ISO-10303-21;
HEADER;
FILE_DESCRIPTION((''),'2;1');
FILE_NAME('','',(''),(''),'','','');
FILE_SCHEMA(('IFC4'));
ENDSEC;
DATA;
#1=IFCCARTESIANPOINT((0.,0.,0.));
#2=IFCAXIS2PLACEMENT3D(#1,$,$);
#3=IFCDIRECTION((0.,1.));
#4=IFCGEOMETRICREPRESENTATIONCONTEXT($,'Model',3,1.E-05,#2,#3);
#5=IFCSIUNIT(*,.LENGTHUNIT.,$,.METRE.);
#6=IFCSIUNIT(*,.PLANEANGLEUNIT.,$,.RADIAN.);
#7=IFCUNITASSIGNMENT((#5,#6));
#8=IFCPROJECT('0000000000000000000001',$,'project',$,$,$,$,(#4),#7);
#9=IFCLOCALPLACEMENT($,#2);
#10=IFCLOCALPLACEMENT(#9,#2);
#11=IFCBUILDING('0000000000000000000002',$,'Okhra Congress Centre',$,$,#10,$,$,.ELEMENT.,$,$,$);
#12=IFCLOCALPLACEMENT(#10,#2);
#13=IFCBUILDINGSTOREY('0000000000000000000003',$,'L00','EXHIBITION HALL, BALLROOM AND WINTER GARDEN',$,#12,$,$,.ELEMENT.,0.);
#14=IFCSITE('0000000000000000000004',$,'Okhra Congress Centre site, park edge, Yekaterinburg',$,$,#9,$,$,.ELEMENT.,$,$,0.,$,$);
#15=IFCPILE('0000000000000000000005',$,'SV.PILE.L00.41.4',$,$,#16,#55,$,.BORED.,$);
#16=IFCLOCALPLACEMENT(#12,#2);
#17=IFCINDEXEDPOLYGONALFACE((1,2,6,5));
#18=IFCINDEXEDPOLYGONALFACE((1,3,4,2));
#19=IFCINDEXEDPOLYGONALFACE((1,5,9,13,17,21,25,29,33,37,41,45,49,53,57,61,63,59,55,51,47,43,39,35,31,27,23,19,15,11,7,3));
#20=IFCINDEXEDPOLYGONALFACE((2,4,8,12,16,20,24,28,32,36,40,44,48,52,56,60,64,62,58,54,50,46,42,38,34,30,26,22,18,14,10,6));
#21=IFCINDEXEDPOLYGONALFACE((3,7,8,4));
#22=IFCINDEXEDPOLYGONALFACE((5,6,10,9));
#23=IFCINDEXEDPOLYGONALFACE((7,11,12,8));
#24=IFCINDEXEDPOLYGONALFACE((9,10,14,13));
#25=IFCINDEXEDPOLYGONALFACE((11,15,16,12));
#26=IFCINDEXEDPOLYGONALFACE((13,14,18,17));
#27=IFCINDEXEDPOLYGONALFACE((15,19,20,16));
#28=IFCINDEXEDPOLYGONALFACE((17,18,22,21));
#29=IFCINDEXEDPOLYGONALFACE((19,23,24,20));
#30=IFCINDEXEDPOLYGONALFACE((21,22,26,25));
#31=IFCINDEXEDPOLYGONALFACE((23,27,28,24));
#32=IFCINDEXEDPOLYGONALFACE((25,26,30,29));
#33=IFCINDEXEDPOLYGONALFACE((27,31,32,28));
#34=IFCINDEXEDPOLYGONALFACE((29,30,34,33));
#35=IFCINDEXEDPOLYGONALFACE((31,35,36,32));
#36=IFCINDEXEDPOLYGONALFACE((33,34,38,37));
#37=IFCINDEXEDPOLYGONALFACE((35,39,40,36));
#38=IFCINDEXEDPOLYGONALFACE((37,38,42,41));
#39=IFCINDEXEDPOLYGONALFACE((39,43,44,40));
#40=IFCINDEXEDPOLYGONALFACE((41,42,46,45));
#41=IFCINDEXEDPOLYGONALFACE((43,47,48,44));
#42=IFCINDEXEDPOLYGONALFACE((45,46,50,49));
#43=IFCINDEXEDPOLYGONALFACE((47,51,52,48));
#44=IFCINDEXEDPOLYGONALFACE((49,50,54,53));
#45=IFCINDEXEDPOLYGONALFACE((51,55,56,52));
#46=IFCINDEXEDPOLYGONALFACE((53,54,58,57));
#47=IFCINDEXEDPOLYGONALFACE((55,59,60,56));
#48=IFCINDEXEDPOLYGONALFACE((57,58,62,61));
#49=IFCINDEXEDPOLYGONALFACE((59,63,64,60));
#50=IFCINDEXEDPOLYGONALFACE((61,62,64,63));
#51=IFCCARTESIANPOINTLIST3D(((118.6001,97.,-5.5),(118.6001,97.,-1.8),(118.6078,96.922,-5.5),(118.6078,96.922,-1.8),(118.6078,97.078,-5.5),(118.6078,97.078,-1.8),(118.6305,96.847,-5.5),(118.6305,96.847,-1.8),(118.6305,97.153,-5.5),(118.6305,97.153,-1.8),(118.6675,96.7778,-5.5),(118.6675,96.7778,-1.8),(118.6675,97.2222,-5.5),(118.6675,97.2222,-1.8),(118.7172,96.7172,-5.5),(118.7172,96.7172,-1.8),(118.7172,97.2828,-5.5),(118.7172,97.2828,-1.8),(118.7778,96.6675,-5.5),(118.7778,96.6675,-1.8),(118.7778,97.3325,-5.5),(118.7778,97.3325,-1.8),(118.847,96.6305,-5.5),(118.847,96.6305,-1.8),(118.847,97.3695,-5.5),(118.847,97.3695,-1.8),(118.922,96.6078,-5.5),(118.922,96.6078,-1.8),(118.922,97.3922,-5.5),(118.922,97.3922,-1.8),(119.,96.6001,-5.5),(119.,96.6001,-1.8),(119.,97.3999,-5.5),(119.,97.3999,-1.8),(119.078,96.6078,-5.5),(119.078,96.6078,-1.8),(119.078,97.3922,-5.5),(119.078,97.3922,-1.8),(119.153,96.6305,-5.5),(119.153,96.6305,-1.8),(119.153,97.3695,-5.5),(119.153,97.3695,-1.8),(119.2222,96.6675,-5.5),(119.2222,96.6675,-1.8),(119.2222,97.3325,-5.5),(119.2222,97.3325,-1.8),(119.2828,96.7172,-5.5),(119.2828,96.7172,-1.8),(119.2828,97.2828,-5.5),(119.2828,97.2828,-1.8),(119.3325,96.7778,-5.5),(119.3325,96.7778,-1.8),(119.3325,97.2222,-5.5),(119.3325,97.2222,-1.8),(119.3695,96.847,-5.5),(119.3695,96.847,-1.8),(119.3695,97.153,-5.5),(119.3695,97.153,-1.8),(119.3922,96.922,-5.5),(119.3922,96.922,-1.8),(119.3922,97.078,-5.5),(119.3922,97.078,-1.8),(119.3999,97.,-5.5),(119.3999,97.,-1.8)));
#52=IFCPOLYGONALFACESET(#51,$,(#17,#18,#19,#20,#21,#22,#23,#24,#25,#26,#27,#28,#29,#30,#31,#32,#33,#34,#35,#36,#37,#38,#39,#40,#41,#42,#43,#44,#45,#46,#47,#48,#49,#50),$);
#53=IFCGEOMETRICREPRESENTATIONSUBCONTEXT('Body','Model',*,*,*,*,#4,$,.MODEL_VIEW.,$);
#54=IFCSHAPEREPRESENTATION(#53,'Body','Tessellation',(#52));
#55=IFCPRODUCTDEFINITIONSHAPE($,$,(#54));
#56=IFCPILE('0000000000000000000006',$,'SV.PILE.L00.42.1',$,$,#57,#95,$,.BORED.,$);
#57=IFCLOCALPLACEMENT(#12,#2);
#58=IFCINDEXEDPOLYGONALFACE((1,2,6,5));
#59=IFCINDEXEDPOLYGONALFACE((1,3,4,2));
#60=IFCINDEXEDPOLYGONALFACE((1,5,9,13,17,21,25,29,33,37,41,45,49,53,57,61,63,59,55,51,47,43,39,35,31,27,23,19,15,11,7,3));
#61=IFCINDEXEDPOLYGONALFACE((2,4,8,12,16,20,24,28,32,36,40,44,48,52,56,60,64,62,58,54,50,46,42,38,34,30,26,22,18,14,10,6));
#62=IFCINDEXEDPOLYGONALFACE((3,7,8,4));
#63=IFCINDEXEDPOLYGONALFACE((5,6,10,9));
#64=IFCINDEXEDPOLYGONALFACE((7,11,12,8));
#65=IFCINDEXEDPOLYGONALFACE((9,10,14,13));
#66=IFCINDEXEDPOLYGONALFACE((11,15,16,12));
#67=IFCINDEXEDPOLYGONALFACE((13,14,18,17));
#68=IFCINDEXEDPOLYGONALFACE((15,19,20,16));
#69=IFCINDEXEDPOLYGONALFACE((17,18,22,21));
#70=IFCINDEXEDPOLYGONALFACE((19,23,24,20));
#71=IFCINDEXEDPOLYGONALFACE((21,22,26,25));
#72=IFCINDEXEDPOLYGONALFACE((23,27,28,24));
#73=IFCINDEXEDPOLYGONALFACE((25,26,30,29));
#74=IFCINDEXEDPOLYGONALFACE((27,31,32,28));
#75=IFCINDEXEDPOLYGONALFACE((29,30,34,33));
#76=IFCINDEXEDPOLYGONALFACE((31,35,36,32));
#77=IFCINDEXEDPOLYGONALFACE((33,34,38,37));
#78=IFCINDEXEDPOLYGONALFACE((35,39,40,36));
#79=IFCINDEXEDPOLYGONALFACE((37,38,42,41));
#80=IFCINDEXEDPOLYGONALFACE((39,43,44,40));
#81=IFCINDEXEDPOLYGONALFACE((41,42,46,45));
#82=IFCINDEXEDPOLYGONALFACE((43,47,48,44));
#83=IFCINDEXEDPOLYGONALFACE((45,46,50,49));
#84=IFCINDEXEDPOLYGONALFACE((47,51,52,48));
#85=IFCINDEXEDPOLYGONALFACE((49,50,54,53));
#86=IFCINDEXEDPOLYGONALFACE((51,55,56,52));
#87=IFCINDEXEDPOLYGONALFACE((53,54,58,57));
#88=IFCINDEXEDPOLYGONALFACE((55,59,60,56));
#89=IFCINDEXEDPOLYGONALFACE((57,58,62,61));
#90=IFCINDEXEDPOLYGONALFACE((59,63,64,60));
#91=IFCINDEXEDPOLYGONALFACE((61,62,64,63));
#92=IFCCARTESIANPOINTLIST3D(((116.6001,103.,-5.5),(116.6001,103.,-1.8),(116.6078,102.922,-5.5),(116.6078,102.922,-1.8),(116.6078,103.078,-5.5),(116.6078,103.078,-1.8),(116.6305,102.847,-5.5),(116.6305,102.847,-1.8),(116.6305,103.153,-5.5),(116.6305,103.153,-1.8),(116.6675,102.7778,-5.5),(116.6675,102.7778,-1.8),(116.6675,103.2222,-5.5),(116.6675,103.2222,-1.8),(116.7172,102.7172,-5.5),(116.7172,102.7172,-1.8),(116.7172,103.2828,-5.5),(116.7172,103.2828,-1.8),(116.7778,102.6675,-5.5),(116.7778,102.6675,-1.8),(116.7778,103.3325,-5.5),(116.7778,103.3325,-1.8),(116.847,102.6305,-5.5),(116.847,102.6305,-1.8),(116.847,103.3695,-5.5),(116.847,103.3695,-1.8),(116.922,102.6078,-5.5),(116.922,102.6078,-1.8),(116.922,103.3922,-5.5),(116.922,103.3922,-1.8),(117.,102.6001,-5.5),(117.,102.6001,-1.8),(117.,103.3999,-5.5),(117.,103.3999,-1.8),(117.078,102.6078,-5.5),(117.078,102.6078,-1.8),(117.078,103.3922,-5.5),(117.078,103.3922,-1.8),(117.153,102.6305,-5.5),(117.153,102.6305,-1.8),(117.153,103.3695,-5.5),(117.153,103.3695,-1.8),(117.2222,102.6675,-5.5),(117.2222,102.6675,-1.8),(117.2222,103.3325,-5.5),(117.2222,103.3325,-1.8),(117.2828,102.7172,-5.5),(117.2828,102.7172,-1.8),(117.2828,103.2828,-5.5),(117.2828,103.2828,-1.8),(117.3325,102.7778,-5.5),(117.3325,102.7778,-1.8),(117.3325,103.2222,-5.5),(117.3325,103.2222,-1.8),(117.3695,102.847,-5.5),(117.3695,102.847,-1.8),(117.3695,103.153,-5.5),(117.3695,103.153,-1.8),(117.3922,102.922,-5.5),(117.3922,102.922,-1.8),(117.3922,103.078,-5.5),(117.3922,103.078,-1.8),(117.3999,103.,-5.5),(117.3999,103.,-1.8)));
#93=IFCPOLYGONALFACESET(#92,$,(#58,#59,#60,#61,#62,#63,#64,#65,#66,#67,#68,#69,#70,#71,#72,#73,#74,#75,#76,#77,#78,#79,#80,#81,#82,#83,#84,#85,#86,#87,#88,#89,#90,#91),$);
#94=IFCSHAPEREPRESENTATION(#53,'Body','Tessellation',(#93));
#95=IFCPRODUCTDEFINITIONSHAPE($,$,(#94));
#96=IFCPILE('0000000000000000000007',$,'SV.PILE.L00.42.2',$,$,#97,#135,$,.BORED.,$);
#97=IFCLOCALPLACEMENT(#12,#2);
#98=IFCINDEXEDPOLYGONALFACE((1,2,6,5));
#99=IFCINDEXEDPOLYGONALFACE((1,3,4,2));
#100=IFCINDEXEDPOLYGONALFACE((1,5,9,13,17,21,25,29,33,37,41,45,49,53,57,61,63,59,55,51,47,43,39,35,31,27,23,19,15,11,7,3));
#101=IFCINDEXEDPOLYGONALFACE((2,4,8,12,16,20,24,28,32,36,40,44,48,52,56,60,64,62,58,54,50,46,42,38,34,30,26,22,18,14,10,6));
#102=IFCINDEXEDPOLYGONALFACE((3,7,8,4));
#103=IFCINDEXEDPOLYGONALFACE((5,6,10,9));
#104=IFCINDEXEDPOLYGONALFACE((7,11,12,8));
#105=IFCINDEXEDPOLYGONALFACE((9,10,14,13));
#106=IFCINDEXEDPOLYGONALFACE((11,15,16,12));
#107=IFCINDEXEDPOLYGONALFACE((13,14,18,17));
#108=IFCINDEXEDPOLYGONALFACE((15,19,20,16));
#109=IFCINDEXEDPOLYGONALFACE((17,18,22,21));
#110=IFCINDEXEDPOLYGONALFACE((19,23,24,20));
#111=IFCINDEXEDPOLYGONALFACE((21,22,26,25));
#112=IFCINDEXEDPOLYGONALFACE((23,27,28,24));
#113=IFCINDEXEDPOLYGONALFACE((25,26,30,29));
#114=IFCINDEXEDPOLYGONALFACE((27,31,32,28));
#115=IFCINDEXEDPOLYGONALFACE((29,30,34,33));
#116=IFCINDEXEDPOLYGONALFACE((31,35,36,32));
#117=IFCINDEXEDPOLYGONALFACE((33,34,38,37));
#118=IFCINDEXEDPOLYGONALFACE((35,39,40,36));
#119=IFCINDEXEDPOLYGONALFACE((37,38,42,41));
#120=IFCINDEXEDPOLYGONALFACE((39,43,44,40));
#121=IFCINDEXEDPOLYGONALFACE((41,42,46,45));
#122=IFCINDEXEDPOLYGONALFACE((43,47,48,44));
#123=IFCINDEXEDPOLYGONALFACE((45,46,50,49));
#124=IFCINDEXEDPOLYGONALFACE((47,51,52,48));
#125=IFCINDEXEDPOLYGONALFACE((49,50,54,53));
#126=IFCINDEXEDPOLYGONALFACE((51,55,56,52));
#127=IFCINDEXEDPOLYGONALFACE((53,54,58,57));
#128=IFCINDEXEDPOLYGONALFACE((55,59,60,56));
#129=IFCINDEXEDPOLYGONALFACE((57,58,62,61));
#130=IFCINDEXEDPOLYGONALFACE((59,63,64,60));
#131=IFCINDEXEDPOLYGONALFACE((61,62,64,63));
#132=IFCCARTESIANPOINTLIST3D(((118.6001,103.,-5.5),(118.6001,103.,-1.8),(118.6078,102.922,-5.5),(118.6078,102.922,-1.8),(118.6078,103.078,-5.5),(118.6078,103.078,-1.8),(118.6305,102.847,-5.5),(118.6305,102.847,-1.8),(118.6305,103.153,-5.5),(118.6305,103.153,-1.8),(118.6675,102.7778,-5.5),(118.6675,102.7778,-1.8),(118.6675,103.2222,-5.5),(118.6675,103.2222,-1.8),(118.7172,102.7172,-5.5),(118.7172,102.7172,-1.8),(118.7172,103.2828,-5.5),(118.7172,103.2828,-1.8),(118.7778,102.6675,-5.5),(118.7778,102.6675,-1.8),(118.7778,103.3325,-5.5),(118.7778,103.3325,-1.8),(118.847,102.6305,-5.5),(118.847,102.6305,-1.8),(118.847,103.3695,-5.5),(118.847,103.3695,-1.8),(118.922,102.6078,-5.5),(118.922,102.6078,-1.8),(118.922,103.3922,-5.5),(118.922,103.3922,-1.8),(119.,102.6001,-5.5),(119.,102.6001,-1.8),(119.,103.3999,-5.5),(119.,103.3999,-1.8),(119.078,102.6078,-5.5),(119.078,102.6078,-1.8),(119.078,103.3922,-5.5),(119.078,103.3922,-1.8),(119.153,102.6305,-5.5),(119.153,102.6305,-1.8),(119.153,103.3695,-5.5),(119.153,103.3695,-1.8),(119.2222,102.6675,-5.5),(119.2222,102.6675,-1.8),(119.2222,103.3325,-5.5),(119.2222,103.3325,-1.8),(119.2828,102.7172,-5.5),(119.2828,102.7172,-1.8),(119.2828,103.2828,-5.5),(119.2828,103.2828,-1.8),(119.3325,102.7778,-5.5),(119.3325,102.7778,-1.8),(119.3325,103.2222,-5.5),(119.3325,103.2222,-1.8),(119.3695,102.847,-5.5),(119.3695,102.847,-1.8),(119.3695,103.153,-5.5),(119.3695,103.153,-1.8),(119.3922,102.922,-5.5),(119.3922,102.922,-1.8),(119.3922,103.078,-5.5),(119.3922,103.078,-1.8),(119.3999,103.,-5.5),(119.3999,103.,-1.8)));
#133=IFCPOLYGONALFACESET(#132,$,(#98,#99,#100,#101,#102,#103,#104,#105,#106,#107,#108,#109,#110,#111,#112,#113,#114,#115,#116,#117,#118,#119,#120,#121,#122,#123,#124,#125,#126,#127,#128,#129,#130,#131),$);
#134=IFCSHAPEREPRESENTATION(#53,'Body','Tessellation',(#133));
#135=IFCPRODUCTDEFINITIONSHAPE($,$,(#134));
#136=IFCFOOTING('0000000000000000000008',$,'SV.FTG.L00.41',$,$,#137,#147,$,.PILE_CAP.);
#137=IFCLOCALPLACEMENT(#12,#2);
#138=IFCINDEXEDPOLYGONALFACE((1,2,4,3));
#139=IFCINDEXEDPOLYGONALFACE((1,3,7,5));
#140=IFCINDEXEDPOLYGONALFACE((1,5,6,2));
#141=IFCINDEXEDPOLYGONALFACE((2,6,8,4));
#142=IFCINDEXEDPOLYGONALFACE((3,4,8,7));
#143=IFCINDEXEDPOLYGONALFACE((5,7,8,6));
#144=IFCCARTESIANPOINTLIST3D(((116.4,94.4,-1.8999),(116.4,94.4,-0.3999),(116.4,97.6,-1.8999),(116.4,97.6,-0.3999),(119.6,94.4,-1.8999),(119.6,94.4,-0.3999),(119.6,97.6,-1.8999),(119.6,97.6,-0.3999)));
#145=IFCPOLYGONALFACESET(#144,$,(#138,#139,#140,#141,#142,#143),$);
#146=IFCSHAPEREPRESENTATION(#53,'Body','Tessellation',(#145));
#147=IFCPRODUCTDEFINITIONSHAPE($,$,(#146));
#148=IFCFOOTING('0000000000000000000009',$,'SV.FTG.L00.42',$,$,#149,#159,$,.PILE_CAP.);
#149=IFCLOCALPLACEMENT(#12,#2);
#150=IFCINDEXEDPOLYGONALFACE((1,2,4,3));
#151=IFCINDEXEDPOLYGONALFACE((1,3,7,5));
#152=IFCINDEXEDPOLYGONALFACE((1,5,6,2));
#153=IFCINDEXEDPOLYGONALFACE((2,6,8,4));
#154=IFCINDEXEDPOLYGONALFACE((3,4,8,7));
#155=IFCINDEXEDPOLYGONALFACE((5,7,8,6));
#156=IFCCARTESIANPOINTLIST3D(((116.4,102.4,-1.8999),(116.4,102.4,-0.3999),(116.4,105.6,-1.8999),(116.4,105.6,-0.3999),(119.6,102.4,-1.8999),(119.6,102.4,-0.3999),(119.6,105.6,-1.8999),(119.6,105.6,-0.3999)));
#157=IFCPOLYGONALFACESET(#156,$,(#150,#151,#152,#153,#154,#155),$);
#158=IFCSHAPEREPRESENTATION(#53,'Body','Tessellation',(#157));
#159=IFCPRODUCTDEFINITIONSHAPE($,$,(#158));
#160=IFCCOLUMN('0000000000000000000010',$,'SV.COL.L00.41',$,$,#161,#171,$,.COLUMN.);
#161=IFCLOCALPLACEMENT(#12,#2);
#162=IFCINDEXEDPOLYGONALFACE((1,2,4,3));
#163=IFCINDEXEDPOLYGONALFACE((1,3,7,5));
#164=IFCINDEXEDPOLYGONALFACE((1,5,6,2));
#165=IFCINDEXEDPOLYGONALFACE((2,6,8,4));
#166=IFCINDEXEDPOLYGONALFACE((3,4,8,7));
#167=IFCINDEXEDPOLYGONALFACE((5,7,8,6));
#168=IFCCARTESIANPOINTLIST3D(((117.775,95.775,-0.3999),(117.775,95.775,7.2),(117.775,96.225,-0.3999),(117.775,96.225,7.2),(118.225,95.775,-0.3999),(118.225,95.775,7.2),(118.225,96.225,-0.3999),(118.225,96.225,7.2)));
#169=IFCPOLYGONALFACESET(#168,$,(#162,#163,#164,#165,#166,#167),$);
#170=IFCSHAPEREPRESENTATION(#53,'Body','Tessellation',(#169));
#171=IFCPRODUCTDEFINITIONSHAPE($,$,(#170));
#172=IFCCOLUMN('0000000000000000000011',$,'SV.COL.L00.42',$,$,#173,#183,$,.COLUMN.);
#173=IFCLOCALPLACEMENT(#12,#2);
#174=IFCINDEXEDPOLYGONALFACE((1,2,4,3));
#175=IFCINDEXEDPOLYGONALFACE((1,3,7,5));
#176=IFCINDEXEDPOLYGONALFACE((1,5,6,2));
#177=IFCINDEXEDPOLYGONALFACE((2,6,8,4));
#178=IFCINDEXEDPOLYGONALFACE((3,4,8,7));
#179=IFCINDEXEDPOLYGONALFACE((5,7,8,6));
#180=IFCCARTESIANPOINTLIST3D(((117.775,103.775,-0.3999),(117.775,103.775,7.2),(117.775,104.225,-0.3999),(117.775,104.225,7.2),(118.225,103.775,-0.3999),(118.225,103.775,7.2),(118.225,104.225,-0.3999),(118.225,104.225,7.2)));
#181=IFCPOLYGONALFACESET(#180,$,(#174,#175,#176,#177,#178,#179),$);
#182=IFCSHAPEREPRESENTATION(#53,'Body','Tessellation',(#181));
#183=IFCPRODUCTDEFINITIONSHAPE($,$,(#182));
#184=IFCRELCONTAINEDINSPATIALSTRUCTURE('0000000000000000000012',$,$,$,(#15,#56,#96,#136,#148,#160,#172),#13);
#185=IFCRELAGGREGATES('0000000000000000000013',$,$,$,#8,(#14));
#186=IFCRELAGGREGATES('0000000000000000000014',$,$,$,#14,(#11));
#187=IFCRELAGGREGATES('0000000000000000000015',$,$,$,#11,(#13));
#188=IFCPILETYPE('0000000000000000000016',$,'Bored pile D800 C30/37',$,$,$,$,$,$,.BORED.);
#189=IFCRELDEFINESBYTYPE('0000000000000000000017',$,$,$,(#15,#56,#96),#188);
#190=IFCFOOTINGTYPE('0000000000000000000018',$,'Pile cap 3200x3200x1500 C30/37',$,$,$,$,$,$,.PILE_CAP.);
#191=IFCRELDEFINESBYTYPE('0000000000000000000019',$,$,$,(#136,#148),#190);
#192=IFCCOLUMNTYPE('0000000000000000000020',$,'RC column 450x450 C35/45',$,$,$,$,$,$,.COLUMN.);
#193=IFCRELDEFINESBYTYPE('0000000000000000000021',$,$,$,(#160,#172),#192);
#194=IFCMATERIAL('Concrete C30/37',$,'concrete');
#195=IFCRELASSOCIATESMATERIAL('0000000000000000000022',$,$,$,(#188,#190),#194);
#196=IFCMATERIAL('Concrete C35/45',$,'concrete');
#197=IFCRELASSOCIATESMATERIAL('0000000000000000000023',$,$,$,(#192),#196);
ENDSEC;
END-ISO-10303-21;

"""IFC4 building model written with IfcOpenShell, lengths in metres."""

from ifc_helpers import new_model, si_unit, direction, frame, origin, origin_2d, place, context, subcontext, project, spatial, rectangle, circle, extrude, material, material_profile, profile_set, type_object, element, save


model = new_model("IFC4")

# Units and contexts
model_context = context("Model", 3, precision=1e-05, world=origin(), true_north=direction((0.0, 1.0)))
body_context = subcontext(model_context, "Body", "Model", "MODEL_VIEW")
ifc_project = project(units=[si_unit("LENGTHUNIT", "METRE"), si_unit("PLANEANGLEUNIT", "RADIAN")], contexts=[model_context])

# Site, building, storey
site_placement = place(None, origin())
site = spatial("IfcSite", under=ifc_project, at=site_placement, Name="Okhra Congress Centre site, park edge, Yekaterinburg", CompositionType="ELEMENT", RefElevation=0.0)
building_placement = place(site_placement, origin())
building = spatial("IfcBuilding", under=site, at=building_placement, Name="Okhra Congress Centre", CompositionType="ELEMENT")
storey_placement = place(building_placement, origin())
storey = spatial("IfcBuildingStorey", under=building, at=storey_placement, Name="L00", Description="EXHIBITION HALL, BALLROOM AND WINTER GARDEN", CompositionType="ELEMENT", Elevation=0.0)

# Piles
ifc_material_1 = material(Name="Concrete C30/37", Category="concrete")
ifc_material_profile_1 = material_profile(ifc_material_1, circle(Radius=0.3999, at=origin_2d()), Name="D800")
ifc_profile_set_1 = profile_set([ifc_material_profile_1], Name="Concrete C30/37")
pile_type_1 = type_object("IfcPileType", Name="Bored pile D800 C30/37", PredefinedType="BORED", material=ifc_profile_set_1)
for number, where, z_axis, x_axis, name in (
    (1, (119.0, 97.0, -1.8), (0.0, 0.0, -1.0), (1.0, 0.0, 0.0), "SV.PILE.L00.41.4"),
    (2, (117.0, 103.0, -1.8), (0.0, 0.0, -1.0), (1.0, 0.0, 0.0), "SV.PILE.L00.42.1"),
    (3, (119.0, 103.0, -1.8), (0.0, 0.0, -1.0), (1.0, 0.0, 0.0), "SV.PILE.L00.42.2"),
):
    element("IfcPile", number, at=place(storey_placement, frame(where, z_axis=z_axis, x_axis=x_axis)), inside=storey, type_object=pile_type_1, Name=name, PredefinedType="BORED", context=body_context, shape_type="SweptSolid", body=[
        extrude(circle(Radius=0.3999, at=origin_2d()), origin(), (0.0, 0.0, 1.0), 3.7),
    ])

# Footings
footing_type = type_object("IfcFootingType", Name="Pile cap 3200x3200x1500 C30/37", PredefinedType="PILE_CAP", material=ifc_material_1)
for number, where, z_axis, x_axis, name in (
    (4, (118.0, 96.0, -1.8999), (0.0, 0.0, 1.0), (1.0, 0.0, 0.0), "SV.FTG.L00.41"),
    (5, (118.0, 104.0, -1.8999), (0.0, 0.0, 1.0), (1.0, 0.0, 0.0), "SV.FTG.L00.42"),
):
    element("IfcFooting", number, at=place(storey_placement, frame(where, z_axis=z_axis, x_axis=x_axis)), inside=storey, type_object=footing_type, Name=name, PredefinedType="PILE_CAP", context=body_context, shape_type="SweptSolid", body=[
        extrude(rectangle(XDim=3.2, YDim=3.2, at=origin_2d()), origin(), (0.0, 0.0, 1.0), 1.5),
    ])

# Columns
ifc_material_2 = material(Name="Concrete C35/45", Category="concrete")
ifc_material_profile_2 = material_profile(ifc_material_2, rectangle(XDim=0.45, YDim=0.45, at=origin_2d()), Name="RC 450x450")
ifc_profile_set_2 = profile_set([ifc_material_profile_2], Name="Concrete C35/45")
column_type_1 = type_object("IfcColumnType", Name="RC column 450x450 C35/45", PredefinedType="COLUMN", material=ifc_profile_set_2)
for number, where, z_axis, x_axis, name in (
    (6, (118.0, 96.0, -0.3999), (0.0, 0.0, 1.0), (1.0, 0.0, 0.0), "SV.COL.L00.41"),
    (7, (118.0, 104.0, -0.3999), (0.0, 0.0, 1.0), (1.0, 0.0, 0.0), "SV.COL.L00.42"),
):
    element("IfcColumn", number, at=place(storey_placement, frame(where, z_axis=z_axis, x_axis=x_axis)), inside=storey, type_object=column_type_1, Name=name, PredefinedType="COLUMN", context=body_context, shape_type="SweptSolid", body=[
        extrude(rectangle(XDim=0.45, YDim=0.45, at=origin_2d()), origin(), (0.0, 0.0, 1.0), 7.5999),
    ])

save(model, "model.ifc")
